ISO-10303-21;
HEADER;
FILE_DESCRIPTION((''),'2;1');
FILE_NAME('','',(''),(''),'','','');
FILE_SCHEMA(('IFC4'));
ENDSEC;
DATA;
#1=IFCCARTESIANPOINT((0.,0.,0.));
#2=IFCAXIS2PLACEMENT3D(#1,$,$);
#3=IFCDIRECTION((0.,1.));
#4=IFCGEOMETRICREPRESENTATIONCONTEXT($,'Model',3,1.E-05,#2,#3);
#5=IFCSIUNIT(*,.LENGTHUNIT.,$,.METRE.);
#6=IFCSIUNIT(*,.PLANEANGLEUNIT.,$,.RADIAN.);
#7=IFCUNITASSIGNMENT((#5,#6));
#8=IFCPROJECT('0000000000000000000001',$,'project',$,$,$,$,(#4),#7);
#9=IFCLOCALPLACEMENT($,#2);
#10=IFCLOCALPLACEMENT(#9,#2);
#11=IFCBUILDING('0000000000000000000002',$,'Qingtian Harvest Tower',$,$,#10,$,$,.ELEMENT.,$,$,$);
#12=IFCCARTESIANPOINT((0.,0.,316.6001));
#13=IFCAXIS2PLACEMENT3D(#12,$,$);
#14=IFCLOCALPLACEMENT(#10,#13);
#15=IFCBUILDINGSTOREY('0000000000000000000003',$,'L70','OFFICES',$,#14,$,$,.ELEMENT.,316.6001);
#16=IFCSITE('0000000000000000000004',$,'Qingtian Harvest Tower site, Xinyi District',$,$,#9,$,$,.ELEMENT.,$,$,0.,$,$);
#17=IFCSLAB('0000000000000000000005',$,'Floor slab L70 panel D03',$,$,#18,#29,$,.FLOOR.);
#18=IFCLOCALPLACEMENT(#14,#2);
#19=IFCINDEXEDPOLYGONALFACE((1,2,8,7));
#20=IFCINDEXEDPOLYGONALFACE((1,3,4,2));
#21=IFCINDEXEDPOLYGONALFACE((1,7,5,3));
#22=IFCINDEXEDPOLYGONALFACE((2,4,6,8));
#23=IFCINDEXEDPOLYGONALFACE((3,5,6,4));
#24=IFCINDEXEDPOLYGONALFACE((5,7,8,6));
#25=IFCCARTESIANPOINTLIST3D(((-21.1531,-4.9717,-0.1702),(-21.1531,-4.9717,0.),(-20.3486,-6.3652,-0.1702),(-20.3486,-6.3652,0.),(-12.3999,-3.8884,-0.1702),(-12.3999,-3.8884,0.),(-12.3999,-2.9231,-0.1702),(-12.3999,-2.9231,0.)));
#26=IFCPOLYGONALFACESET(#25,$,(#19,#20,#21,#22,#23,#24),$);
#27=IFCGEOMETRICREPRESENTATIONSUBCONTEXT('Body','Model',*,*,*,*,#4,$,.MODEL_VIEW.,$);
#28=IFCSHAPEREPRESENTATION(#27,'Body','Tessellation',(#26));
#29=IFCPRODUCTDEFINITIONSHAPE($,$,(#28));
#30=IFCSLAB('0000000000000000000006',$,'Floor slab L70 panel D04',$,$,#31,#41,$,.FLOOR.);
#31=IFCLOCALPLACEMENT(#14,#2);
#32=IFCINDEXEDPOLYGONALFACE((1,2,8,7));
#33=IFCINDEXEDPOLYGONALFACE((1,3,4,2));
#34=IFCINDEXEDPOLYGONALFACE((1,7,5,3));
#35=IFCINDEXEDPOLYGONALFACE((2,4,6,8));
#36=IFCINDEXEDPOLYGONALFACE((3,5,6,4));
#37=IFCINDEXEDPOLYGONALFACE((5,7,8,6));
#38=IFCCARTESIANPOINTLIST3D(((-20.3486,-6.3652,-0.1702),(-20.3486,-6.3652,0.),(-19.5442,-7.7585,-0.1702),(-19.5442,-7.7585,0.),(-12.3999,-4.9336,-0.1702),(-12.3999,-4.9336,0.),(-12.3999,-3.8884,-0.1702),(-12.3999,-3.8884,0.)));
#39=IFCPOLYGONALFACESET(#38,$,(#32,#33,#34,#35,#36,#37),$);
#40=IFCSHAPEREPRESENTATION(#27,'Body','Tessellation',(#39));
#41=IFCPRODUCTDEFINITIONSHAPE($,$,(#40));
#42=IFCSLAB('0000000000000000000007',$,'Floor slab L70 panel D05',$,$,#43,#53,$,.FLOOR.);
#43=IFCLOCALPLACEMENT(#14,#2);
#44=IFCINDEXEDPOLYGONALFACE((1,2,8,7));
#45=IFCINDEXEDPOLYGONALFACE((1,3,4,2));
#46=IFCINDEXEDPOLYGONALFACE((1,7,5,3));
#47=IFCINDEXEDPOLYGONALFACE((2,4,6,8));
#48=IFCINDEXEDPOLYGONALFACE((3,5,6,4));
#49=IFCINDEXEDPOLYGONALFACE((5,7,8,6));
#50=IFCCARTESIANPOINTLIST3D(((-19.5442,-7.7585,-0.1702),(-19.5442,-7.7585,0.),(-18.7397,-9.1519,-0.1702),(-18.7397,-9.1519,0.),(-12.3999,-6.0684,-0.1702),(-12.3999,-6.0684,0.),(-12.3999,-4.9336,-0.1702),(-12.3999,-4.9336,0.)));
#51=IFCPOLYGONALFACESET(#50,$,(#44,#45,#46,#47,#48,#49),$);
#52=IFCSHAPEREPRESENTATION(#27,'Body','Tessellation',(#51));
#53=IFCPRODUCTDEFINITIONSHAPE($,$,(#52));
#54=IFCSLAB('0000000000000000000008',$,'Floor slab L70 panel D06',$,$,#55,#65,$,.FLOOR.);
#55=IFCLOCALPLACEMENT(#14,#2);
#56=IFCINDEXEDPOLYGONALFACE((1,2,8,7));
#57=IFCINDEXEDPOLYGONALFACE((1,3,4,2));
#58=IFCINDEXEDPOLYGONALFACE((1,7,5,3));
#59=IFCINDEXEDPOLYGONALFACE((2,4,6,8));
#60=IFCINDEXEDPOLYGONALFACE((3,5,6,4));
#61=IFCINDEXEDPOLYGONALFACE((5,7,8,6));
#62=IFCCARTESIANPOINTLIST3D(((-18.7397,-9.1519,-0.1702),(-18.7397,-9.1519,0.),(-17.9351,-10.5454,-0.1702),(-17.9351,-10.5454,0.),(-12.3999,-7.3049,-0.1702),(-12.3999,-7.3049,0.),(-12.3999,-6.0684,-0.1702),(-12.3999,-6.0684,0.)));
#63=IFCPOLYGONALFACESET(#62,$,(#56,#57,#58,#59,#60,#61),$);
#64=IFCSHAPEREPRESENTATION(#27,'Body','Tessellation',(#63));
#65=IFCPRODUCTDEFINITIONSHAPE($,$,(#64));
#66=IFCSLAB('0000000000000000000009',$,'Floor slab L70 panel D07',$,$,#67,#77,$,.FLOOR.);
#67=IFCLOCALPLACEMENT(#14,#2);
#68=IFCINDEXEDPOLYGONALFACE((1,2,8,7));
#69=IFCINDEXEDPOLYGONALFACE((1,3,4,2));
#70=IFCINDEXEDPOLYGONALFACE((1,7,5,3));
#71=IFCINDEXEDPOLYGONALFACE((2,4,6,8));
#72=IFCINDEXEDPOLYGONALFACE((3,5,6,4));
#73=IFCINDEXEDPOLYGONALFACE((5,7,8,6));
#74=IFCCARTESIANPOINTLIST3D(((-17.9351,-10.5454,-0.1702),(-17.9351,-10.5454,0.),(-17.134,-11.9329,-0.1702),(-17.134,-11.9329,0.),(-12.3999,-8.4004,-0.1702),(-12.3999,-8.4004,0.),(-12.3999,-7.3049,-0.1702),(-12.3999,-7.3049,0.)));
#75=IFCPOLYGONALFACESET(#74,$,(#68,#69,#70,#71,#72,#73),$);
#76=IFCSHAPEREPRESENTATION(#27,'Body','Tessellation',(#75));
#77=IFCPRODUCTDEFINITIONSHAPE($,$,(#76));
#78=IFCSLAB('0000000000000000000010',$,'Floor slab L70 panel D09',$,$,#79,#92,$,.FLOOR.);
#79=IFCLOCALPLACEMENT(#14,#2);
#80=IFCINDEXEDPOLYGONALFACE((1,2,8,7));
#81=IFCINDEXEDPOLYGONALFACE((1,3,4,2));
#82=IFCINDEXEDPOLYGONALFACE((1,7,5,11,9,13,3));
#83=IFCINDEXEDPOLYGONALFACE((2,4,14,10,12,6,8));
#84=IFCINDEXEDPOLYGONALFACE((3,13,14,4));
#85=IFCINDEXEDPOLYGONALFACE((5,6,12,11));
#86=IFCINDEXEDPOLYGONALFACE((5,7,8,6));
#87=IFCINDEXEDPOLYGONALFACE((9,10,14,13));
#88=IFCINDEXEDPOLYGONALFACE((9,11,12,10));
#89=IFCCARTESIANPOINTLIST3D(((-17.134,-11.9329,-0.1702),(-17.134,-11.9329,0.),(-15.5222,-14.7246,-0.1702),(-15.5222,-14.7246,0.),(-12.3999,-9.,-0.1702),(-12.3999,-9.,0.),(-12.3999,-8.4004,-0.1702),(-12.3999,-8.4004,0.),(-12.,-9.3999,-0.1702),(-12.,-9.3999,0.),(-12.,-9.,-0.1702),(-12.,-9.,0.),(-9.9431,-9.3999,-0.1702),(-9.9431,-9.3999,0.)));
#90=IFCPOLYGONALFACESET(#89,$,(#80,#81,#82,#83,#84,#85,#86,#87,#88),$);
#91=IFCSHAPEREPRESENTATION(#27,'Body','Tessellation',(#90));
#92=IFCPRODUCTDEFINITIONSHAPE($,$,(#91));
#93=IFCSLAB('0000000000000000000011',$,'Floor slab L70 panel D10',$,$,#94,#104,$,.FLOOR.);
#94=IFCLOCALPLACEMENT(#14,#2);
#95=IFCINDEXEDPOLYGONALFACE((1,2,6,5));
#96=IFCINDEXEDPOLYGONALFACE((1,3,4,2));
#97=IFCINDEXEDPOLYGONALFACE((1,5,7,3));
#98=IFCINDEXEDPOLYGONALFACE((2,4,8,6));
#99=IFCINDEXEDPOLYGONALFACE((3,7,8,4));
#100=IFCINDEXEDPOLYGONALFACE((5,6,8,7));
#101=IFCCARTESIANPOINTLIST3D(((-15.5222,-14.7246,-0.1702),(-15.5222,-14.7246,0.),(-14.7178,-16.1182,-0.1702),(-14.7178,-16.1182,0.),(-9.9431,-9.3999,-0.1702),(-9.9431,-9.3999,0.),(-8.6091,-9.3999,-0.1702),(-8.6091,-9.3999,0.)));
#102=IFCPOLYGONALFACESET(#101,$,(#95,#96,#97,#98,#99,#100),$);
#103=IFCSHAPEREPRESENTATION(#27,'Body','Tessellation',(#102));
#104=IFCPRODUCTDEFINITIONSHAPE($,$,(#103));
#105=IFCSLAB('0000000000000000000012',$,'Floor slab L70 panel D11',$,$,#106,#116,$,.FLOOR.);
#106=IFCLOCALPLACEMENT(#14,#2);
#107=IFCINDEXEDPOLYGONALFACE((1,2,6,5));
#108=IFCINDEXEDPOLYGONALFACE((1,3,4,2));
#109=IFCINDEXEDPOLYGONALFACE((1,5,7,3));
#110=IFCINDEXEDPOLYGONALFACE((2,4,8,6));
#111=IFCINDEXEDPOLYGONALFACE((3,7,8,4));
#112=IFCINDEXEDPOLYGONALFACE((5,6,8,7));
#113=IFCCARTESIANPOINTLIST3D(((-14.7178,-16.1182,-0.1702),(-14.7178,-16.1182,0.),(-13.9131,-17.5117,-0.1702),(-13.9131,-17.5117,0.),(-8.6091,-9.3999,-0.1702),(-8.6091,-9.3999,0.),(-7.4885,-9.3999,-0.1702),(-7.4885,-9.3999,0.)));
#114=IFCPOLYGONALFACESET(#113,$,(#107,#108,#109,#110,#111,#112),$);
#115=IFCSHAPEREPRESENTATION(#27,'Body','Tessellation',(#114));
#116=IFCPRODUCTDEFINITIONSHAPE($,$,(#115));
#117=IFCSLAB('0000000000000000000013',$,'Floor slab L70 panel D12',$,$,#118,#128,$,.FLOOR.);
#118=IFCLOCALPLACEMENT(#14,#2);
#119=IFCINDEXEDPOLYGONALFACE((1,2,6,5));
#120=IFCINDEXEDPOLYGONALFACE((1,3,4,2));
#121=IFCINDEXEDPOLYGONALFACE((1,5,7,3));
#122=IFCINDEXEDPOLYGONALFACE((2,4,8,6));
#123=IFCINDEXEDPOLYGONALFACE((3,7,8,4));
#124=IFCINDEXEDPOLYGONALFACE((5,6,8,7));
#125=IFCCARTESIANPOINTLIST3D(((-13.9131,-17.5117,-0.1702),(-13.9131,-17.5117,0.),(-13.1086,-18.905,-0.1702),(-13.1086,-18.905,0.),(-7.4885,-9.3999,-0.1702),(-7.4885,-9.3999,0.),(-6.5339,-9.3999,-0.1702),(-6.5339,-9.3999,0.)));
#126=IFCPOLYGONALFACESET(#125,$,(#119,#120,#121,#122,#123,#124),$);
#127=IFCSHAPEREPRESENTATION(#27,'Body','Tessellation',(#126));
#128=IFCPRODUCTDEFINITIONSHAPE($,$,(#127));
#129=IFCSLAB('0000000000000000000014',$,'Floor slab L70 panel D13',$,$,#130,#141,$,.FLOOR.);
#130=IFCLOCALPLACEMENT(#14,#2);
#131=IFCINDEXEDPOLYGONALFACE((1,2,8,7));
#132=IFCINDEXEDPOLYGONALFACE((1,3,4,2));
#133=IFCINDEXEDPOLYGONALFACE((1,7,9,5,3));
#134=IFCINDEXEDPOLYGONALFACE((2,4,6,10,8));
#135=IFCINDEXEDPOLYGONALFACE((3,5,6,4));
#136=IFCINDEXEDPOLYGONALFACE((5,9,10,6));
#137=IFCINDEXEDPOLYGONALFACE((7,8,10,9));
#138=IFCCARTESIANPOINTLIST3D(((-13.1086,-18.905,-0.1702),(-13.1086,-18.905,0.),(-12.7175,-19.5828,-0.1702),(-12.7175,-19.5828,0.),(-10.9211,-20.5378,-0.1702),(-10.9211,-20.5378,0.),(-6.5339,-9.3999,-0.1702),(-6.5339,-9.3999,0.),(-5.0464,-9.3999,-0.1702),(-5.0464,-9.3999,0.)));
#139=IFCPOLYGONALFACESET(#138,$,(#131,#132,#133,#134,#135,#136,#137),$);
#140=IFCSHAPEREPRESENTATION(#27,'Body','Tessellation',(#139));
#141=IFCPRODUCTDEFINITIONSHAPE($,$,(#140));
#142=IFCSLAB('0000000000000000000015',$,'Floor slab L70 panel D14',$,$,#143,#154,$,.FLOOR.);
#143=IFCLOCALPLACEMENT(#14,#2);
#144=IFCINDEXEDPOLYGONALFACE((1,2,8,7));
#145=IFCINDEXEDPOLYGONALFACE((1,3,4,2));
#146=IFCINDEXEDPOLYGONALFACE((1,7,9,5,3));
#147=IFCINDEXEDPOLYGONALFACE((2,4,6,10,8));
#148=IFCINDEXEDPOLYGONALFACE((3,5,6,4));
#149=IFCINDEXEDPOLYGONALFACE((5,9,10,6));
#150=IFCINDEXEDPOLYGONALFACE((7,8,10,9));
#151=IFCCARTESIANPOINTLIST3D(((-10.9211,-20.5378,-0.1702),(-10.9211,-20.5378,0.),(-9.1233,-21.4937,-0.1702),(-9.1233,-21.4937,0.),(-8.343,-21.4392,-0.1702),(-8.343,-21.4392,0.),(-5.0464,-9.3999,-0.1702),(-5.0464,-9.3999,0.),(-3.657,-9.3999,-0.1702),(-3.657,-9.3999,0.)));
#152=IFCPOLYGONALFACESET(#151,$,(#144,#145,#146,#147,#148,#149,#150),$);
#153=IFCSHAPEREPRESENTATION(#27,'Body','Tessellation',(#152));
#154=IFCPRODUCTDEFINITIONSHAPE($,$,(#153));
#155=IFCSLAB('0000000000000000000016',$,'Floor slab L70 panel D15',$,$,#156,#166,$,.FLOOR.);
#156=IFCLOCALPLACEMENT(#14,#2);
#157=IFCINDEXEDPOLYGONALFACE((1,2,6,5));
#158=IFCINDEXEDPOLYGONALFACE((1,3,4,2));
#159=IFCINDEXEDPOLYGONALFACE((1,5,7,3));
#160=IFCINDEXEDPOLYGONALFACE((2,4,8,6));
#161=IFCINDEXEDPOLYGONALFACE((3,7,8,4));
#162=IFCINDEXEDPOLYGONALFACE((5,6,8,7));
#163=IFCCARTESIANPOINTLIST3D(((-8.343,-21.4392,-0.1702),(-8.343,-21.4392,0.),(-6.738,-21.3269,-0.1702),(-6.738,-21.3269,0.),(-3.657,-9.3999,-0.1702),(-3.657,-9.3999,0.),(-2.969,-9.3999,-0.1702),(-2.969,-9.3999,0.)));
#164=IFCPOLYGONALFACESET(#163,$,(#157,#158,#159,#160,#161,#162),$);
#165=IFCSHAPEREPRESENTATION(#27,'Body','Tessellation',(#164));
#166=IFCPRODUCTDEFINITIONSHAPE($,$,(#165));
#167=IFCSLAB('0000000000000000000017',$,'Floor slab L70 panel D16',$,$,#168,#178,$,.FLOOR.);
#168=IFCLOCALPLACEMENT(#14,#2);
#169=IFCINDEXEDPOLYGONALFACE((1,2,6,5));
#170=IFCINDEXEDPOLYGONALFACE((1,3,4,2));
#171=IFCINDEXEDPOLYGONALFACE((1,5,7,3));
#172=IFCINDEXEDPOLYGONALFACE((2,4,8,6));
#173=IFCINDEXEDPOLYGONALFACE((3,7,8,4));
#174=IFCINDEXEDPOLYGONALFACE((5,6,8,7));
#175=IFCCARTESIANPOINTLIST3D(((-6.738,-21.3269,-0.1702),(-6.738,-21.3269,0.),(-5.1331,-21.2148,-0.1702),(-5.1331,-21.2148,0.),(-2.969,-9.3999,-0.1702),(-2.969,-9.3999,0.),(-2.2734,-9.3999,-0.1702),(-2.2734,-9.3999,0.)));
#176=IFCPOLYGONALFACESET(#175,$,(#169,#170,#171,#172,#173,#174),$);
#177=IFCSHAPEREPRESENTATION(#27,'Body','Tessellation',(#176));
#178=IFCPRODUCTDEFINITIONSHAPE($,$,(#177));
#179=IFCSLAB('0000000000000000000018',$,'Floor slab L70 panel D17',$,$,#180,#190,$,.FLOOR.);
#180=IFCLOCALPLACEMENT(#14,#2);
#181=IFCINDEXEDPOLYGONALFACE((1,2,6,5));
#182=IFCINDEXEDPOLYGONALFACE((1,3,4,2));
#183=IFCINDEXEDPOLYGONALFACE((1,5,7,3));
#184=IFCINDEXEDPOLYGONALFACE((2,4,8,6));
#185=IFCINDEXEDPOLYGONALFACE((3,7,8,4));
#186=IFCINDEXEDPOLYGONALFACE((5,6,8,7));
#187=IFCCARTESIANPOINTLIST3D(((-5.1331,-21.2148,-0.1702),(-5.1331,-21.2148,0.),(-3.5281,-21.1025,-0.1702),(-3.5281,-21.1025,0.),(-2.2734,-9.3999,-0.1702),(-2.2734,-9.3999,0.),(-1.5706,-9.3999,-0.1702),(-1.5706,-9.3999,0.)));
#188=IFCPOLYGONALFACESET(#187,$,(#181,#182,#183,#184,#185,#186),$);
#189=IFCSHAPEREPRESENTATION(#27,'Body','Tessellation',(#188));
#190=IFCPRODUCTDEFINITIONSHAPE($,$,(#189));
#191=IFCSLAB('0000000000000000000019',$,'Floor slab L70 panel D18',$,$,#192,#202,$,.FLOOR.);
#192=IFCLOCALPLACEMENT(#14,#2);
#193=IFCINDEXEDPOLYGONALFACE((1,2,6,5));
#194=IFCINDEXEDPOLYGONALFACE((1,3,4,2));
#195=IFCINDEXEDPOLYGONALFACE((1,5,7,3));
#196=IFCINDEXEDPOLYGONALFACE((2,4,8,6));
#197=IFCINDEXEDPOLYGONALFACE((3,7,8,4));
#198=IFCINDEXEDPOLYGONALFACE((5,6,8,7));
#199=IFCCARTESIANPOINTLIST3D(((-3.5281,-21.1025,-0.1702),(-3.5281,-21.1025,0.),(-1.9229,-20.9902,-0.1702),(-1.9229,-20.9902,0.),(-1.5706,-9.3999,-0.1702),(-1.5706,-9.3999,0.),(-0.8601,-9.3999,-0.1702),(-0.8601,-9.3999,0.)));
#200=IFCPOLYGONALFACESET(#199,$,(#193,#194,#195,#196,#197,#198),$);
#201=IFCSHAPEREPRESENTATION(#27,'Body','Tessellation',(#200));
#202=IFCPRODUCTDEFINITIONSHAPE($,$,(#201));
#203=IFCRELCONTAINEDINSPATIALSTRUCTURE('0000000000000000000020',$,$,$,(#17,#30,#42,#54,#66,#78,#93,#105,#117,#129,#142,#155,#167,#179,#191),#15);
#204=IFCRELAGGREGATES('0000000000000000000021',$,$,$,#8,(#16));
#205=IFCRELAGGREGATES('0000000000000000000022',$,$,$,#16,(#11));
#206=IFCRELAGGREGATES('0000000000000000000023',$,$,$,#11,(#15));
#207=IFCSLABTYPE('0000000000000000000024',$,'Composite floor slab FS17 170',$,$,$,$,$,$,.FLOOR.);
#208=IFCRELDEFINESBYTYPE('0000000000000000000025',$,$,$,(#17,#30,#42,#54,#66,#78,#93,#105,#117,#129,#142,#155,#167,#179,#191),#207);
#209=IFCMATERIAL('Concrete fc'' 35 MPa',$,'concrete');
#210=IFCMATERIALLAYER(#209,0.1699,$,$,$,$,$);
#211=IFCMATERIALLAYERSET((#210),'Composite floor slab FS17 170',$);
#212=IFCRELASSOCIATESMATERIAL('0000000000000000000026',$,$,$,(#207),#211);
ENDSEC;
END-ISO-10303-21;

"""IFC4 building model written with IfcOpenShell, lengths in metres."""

from ifc_helpers import new_model, si_unit, direction, frame, origin, place, context, subcontext, project, spatial, polyline, outline, extrude, material, layer, layer_set, type_object, element, save


model = new_model("IFC4")

# Units and contexts
model_context = context("Model", 3, precision=1e-05, world=origin(), true_north=direction((0.0, 1.0)))
body_context = subcontext(model_context, "Body", "Model", "MODEL_VIEW")
ifc_project = project(units=[si_unit("LENGTHUNIT", "METRE"), si_unit("PLANEANGLEUNIT", "RADIAN")], contexts=[model_context])

# Site, building, storey
site_placement = place(None, origin())
site = spatial("IfcSite", under=ifc_project, at=site_placement, Name="Qingtian Harvest Tower site, Xinyi District", CompositionType="ELEMENT", RefElevation=0.0)
building_placement = place(site_placement, origin())
building = spatial("IfcBuilding", under=site, at=building_placement, Name="Qingtian Harvest Tower", CompositionType="ELEMENT")
storey_placement = place(building_placement, frame((0.0, 0.0, 316.6001)))
storey = spatial("IfcBuildingStorey", under=building, at=storey_placement, Name="L70", Description="OFFICES", CompositionType="ELEMENT", Elevation=316.6001)

# Slabs
ifc_material = material(Name="Concrete fc' 35 MPa", Category="concrete")
ifc_layer = layer(ifc_material, 0.1699)
ifc_layer_set = layer_set([ifc_layer], Name="Composite floor slab FS17 170")
slab_type = type_object("IfcSlabType", Name="Composite floor slab FS17 170", PredefinedType="FLOOR", material=ifc_layer_set)
slab_1_placement = place(storey_placement, frame((0.0, 0.0, -0.1702)))
element("IfcSlab", 1, at=slab_1_placement, inside=storey, type_object=slab_type, Name="Floor slab L70 panel D03", PredefinedType="FLOOR", context=body_context, shape_type="SweptSolid", body=[
    extrude(outline(polyline([(-12.3999, -3.8884), (-20.3486, -6.3652), (-21.1531, -4.9717), (-12.3999, -2.9231), (-12.3999, -3.8884)])), origin(), (0.0, 0.0, 1.0), 0.1702),
])
slab_2_placement = place(storey_placement, frame((0.0, 0.0, -0.1702)))
element("IfcSlab", 2, at=slab_2_placement, inside=storey, type_object=slab_type, Name="Floor slab L70 panel D04", PredefinedType="FLOOR", context=body_context, shape_type="SweptSolid", body=[
    extrude(outline(polyline([(-12.3999, -4.9336), (-19.5442, -7.7585), (-20.3486, -6.3652), (-12.3999, -3.8884), (-12.3999, -4.9336)])), origin(), (0.0, 0.0, 1.0), 0.1702),
])
slab_3_placement = place(storey_placement, frame((0.0, 0.0, -0.1702)))
element("IfcSlab", 3, at=slab_3_placement, inside=storey, type_object=slab_type, Name="Floor slab L70 panel D05", PredefinedType="FLOOR", context=body_context, shape_type="SweptSolid", body=[
    extrude(outline(polyline([(-12.3999, -6.0684), (-18.7397, -9.1519), (-19.5442, -7.7585), (-12.3999, -4.9336), (-12.3999, -6.0684)])), origin(), (0.0, 0.0, 1.0), 0.1702),
])
slab_4_placement = place(storey_placement, frame((0.0, 0.0, -0.1702)))
element("IfcSlab", 4, at=slab_4_placement, inside=storey, type_object=slab_type, Name="Floor slab L70 panel D06", PredefinedType="FLOOR", context=body_context, shape_type="SweptSolid", body=[
    extrude(outline(polyline([(-12.3999, -7.3049), (-17.9351, -10.5454), (-18.7397, -9.1519), (-12.3999, -6.0684), (-12.3999, -7.3049)])), origin(), (0.0, 0.0, 1.0), 0.1702),
])
slab_5_placement = place(storey_placement, frame((0.0, 0.0, -0.1702)))
element("IfcSlab", 5, at=slab_5_placement, inside=storey, type_object=slab_type, Name="Floor slab L70 panel D07", PredefinedType="FLOOR", context=body_context, shape_type="SweptSolid", body=[
    extrude(outline(polyline([(-12.3999, -8.4004), (-17.134, -11.9329), (-17.9351, -10.5454), (-12.3999, -7.3049), (-12.3999, -8.4004)])), origin(), (0.0, 0.0, 1.0), 0.1702),
])
slab_6_placement = place(storey_placement, frame((0.0, 0.0, -0.1702)))
element("IfcSlab", 6, at=slab_6_placement, inside=storey, type_object=slab_type, Name="Floor slab L70 panel D09", PredefinedType="FLOOR", context=body_context, shape_type="SweptSolid", body=[
    extrude(outline(polyline([(-15.5222, -14.7246), (-17.134, -11.9329), (-12.3999, -8.4004), (-12.3999, -9.0), (-12.0, -9.0), (-12.0, -9.3999), (-9.9431, -9.3999), (-15.5222, -14.7246)])), origin(), (0.0, 0.0, 1.0), 0.1702),
])
slab_7_placement = place(storey_placement, frame((0.0, 0.0, -0.1702)))
element("IfcSlab", 7, at=slab_7_placement, inside=storey, type_object=slab_type, Name="Floor slab L70 panel D10", PredefinedType="FLOOR", context=body_context, shape_type="SweptSolid", body=[
    extrude(outline(polyline([(-8.6091, -9.3999), (-14.7178, -16.1182), (-15.5222, -14.7246), (-9.9431, -9.3999), (-8.6091, -9.3999)])), origin(), (0.0, 0.0, 1.0), 0.1702),
])
slab_8_placement = place(storey_placement, frame((0.0, 0.0, -0.1702)))
element("IfcSlab", 8, at=slab_8_placement, inside=storey, type_object=slab_type, Name="Floor slab L70 panel D11", PredefinedType="FLOOR", context=body_context, shape_type="SweptSolid", body=[
    extrude(outline(polyline([(-7.4885, -9.3999), (-13.9131, -17.5117), (-14.7178, -16.1182), (-8.6091, -9.3999), (-7.4885, -9.3999)])), origin(), (0.0, 0.0, 1.0), 0.1702),
])
slab_9_placement = place(storey_placement, frame((0.0, 0.0, -0.1702)))
element("IfcSlab", 9, at=slab_9_placement, inside=storey, type_object=slab_type, Name="Floor slab L70 panel D12", PredefinedType="FLOOR", context=body_context, shape_type="SweptSolid", body=[
    extrude(outline(polyline([(-6.5339, -9.3999), (-13.1086, -18.905), (-13.9131, -17.5117), (-7.4885, -9.3999), (-6.5339, -9.3999)])), origin(), (0.0, 0.0, 1.0), 0.1702),
])
slab_10_placement = place(storey_placement, frame((0.0, 0.0, -0.1702)))
element("IfcSlab", 10, at=slab_10_placement, inside=storey, type_object=slab_type, Name="Floor slab L70 panel D13", PredefinedType="FLOOR", context=body_context, shape_type="SweptSolid", body=[
    extrude(outline(polyline([(-6.5339, -9.3999), (-5.0464, -9.3999), (-10.9211, -20.5378), (-12.7175, -19.5828), (-13.1086, -18.905), (-6.5339, -9.3999)])), origin(), (0.0, 0.0, 1.0), 0.1702),
])
slab_11_placement = place(storey_placement, frame((0.0, 0.0, -0.1702)))
element("IfcSlab", 11, at=slab_11_placement, inside=storey, type_object=slab_type, Name="Floor slab L70 panel D14", PredefinedType="FLOOR", context=body_context, shape_type="SweptSolid", body=[
    extrude(outline(polyline([(-5.0464, -9.3999), (-3.657, -9.3999), (-8.343, -21.4392), (-9.1233, -21.4937), (-10.9211, -20.5378), (-5.0464, -9.3999)])), origin(), (0.0, 0.0, 1.0), 0.1702),
])
slab_12_placement = place(storey_placement, frame((0.0, 0.0, -0.1702)))
element("IfcSlab", 12, at=slab_12_placement, inside=storey, type_object=slab_type, Name="Floor slab L70 panel D15", PredefinedType="FLOOR", context=body_context, shape_type="SweptSolid", body=[
    extrude(outline(polyline([(-2.969, -9.3999), (-6.738, -21.3269), (-8.343, -21.4392), (-3.657, -9.3999), (-2.969, -9.3999)])), origin(), (0.0, 0.0, 1.0), 0.1702),
])
slab_13_placement = place(storey_placement, frame((0.0, 0.0, -0.1702)))
element("IfcSlab", 13, at=slab_13_placement, inside=storey, type_object=slab_type, Name="Floor slab L70 panel D16", PredefinedType="FLOOR", context=body_context, shape_type="SweptSolid", body=[
    extrude(outline(polyline([(-2.2734, -9.3999), (-5.1331, -21.2148), (-6.738, -21.3269), (-2.969, -9.3999), (-2.2734, -9.3999)])), origin(), (0.0, 0.0, 1.0), 0.1702),
])
slab_14_placement = place(storey_placement, frame((0.0, 0.0, -0.1702)))
element("IfcSlab", 14, at=slab_14_placement, inside=storey, type_object=slab_type, Name="Floor slab L70 panel D17", PredefinedType="FLOOR", context=body_context, shape_type="SweptSolid", body=[
    extrude(outline(polyline([(-1.5706, -9.3999), (-3.5281, -21.1025), (-5.1331, -21.2148), (-2.2734, -9.3999), (-1.5706, -9.3999)])), origin(), (0.0, 0.0, 1.0), 0.1702),
])
slab_15_placement = place(storey_placement, frame((0.0, 0.0, -0.1702)))
element("IfcSlab", 15, at=slab_15_placement, inside=storey, type_object=slab_type, Name="Floor slab L70 panel D18", PredefinedType="FLOOR", context=body_context, shape_type="SweptSolid", body=[
    extrude(outline(polyline([(-0.8601, -9.3999), (-1.9229, -20.9902), (-3.5281, -21.1025), (-1.5706, -9.3999), (-0.8601, -9.3999)])), origin(), (0.0, 0.0, 1.0), 0.1702),
])

save(model, "model.ifc")
